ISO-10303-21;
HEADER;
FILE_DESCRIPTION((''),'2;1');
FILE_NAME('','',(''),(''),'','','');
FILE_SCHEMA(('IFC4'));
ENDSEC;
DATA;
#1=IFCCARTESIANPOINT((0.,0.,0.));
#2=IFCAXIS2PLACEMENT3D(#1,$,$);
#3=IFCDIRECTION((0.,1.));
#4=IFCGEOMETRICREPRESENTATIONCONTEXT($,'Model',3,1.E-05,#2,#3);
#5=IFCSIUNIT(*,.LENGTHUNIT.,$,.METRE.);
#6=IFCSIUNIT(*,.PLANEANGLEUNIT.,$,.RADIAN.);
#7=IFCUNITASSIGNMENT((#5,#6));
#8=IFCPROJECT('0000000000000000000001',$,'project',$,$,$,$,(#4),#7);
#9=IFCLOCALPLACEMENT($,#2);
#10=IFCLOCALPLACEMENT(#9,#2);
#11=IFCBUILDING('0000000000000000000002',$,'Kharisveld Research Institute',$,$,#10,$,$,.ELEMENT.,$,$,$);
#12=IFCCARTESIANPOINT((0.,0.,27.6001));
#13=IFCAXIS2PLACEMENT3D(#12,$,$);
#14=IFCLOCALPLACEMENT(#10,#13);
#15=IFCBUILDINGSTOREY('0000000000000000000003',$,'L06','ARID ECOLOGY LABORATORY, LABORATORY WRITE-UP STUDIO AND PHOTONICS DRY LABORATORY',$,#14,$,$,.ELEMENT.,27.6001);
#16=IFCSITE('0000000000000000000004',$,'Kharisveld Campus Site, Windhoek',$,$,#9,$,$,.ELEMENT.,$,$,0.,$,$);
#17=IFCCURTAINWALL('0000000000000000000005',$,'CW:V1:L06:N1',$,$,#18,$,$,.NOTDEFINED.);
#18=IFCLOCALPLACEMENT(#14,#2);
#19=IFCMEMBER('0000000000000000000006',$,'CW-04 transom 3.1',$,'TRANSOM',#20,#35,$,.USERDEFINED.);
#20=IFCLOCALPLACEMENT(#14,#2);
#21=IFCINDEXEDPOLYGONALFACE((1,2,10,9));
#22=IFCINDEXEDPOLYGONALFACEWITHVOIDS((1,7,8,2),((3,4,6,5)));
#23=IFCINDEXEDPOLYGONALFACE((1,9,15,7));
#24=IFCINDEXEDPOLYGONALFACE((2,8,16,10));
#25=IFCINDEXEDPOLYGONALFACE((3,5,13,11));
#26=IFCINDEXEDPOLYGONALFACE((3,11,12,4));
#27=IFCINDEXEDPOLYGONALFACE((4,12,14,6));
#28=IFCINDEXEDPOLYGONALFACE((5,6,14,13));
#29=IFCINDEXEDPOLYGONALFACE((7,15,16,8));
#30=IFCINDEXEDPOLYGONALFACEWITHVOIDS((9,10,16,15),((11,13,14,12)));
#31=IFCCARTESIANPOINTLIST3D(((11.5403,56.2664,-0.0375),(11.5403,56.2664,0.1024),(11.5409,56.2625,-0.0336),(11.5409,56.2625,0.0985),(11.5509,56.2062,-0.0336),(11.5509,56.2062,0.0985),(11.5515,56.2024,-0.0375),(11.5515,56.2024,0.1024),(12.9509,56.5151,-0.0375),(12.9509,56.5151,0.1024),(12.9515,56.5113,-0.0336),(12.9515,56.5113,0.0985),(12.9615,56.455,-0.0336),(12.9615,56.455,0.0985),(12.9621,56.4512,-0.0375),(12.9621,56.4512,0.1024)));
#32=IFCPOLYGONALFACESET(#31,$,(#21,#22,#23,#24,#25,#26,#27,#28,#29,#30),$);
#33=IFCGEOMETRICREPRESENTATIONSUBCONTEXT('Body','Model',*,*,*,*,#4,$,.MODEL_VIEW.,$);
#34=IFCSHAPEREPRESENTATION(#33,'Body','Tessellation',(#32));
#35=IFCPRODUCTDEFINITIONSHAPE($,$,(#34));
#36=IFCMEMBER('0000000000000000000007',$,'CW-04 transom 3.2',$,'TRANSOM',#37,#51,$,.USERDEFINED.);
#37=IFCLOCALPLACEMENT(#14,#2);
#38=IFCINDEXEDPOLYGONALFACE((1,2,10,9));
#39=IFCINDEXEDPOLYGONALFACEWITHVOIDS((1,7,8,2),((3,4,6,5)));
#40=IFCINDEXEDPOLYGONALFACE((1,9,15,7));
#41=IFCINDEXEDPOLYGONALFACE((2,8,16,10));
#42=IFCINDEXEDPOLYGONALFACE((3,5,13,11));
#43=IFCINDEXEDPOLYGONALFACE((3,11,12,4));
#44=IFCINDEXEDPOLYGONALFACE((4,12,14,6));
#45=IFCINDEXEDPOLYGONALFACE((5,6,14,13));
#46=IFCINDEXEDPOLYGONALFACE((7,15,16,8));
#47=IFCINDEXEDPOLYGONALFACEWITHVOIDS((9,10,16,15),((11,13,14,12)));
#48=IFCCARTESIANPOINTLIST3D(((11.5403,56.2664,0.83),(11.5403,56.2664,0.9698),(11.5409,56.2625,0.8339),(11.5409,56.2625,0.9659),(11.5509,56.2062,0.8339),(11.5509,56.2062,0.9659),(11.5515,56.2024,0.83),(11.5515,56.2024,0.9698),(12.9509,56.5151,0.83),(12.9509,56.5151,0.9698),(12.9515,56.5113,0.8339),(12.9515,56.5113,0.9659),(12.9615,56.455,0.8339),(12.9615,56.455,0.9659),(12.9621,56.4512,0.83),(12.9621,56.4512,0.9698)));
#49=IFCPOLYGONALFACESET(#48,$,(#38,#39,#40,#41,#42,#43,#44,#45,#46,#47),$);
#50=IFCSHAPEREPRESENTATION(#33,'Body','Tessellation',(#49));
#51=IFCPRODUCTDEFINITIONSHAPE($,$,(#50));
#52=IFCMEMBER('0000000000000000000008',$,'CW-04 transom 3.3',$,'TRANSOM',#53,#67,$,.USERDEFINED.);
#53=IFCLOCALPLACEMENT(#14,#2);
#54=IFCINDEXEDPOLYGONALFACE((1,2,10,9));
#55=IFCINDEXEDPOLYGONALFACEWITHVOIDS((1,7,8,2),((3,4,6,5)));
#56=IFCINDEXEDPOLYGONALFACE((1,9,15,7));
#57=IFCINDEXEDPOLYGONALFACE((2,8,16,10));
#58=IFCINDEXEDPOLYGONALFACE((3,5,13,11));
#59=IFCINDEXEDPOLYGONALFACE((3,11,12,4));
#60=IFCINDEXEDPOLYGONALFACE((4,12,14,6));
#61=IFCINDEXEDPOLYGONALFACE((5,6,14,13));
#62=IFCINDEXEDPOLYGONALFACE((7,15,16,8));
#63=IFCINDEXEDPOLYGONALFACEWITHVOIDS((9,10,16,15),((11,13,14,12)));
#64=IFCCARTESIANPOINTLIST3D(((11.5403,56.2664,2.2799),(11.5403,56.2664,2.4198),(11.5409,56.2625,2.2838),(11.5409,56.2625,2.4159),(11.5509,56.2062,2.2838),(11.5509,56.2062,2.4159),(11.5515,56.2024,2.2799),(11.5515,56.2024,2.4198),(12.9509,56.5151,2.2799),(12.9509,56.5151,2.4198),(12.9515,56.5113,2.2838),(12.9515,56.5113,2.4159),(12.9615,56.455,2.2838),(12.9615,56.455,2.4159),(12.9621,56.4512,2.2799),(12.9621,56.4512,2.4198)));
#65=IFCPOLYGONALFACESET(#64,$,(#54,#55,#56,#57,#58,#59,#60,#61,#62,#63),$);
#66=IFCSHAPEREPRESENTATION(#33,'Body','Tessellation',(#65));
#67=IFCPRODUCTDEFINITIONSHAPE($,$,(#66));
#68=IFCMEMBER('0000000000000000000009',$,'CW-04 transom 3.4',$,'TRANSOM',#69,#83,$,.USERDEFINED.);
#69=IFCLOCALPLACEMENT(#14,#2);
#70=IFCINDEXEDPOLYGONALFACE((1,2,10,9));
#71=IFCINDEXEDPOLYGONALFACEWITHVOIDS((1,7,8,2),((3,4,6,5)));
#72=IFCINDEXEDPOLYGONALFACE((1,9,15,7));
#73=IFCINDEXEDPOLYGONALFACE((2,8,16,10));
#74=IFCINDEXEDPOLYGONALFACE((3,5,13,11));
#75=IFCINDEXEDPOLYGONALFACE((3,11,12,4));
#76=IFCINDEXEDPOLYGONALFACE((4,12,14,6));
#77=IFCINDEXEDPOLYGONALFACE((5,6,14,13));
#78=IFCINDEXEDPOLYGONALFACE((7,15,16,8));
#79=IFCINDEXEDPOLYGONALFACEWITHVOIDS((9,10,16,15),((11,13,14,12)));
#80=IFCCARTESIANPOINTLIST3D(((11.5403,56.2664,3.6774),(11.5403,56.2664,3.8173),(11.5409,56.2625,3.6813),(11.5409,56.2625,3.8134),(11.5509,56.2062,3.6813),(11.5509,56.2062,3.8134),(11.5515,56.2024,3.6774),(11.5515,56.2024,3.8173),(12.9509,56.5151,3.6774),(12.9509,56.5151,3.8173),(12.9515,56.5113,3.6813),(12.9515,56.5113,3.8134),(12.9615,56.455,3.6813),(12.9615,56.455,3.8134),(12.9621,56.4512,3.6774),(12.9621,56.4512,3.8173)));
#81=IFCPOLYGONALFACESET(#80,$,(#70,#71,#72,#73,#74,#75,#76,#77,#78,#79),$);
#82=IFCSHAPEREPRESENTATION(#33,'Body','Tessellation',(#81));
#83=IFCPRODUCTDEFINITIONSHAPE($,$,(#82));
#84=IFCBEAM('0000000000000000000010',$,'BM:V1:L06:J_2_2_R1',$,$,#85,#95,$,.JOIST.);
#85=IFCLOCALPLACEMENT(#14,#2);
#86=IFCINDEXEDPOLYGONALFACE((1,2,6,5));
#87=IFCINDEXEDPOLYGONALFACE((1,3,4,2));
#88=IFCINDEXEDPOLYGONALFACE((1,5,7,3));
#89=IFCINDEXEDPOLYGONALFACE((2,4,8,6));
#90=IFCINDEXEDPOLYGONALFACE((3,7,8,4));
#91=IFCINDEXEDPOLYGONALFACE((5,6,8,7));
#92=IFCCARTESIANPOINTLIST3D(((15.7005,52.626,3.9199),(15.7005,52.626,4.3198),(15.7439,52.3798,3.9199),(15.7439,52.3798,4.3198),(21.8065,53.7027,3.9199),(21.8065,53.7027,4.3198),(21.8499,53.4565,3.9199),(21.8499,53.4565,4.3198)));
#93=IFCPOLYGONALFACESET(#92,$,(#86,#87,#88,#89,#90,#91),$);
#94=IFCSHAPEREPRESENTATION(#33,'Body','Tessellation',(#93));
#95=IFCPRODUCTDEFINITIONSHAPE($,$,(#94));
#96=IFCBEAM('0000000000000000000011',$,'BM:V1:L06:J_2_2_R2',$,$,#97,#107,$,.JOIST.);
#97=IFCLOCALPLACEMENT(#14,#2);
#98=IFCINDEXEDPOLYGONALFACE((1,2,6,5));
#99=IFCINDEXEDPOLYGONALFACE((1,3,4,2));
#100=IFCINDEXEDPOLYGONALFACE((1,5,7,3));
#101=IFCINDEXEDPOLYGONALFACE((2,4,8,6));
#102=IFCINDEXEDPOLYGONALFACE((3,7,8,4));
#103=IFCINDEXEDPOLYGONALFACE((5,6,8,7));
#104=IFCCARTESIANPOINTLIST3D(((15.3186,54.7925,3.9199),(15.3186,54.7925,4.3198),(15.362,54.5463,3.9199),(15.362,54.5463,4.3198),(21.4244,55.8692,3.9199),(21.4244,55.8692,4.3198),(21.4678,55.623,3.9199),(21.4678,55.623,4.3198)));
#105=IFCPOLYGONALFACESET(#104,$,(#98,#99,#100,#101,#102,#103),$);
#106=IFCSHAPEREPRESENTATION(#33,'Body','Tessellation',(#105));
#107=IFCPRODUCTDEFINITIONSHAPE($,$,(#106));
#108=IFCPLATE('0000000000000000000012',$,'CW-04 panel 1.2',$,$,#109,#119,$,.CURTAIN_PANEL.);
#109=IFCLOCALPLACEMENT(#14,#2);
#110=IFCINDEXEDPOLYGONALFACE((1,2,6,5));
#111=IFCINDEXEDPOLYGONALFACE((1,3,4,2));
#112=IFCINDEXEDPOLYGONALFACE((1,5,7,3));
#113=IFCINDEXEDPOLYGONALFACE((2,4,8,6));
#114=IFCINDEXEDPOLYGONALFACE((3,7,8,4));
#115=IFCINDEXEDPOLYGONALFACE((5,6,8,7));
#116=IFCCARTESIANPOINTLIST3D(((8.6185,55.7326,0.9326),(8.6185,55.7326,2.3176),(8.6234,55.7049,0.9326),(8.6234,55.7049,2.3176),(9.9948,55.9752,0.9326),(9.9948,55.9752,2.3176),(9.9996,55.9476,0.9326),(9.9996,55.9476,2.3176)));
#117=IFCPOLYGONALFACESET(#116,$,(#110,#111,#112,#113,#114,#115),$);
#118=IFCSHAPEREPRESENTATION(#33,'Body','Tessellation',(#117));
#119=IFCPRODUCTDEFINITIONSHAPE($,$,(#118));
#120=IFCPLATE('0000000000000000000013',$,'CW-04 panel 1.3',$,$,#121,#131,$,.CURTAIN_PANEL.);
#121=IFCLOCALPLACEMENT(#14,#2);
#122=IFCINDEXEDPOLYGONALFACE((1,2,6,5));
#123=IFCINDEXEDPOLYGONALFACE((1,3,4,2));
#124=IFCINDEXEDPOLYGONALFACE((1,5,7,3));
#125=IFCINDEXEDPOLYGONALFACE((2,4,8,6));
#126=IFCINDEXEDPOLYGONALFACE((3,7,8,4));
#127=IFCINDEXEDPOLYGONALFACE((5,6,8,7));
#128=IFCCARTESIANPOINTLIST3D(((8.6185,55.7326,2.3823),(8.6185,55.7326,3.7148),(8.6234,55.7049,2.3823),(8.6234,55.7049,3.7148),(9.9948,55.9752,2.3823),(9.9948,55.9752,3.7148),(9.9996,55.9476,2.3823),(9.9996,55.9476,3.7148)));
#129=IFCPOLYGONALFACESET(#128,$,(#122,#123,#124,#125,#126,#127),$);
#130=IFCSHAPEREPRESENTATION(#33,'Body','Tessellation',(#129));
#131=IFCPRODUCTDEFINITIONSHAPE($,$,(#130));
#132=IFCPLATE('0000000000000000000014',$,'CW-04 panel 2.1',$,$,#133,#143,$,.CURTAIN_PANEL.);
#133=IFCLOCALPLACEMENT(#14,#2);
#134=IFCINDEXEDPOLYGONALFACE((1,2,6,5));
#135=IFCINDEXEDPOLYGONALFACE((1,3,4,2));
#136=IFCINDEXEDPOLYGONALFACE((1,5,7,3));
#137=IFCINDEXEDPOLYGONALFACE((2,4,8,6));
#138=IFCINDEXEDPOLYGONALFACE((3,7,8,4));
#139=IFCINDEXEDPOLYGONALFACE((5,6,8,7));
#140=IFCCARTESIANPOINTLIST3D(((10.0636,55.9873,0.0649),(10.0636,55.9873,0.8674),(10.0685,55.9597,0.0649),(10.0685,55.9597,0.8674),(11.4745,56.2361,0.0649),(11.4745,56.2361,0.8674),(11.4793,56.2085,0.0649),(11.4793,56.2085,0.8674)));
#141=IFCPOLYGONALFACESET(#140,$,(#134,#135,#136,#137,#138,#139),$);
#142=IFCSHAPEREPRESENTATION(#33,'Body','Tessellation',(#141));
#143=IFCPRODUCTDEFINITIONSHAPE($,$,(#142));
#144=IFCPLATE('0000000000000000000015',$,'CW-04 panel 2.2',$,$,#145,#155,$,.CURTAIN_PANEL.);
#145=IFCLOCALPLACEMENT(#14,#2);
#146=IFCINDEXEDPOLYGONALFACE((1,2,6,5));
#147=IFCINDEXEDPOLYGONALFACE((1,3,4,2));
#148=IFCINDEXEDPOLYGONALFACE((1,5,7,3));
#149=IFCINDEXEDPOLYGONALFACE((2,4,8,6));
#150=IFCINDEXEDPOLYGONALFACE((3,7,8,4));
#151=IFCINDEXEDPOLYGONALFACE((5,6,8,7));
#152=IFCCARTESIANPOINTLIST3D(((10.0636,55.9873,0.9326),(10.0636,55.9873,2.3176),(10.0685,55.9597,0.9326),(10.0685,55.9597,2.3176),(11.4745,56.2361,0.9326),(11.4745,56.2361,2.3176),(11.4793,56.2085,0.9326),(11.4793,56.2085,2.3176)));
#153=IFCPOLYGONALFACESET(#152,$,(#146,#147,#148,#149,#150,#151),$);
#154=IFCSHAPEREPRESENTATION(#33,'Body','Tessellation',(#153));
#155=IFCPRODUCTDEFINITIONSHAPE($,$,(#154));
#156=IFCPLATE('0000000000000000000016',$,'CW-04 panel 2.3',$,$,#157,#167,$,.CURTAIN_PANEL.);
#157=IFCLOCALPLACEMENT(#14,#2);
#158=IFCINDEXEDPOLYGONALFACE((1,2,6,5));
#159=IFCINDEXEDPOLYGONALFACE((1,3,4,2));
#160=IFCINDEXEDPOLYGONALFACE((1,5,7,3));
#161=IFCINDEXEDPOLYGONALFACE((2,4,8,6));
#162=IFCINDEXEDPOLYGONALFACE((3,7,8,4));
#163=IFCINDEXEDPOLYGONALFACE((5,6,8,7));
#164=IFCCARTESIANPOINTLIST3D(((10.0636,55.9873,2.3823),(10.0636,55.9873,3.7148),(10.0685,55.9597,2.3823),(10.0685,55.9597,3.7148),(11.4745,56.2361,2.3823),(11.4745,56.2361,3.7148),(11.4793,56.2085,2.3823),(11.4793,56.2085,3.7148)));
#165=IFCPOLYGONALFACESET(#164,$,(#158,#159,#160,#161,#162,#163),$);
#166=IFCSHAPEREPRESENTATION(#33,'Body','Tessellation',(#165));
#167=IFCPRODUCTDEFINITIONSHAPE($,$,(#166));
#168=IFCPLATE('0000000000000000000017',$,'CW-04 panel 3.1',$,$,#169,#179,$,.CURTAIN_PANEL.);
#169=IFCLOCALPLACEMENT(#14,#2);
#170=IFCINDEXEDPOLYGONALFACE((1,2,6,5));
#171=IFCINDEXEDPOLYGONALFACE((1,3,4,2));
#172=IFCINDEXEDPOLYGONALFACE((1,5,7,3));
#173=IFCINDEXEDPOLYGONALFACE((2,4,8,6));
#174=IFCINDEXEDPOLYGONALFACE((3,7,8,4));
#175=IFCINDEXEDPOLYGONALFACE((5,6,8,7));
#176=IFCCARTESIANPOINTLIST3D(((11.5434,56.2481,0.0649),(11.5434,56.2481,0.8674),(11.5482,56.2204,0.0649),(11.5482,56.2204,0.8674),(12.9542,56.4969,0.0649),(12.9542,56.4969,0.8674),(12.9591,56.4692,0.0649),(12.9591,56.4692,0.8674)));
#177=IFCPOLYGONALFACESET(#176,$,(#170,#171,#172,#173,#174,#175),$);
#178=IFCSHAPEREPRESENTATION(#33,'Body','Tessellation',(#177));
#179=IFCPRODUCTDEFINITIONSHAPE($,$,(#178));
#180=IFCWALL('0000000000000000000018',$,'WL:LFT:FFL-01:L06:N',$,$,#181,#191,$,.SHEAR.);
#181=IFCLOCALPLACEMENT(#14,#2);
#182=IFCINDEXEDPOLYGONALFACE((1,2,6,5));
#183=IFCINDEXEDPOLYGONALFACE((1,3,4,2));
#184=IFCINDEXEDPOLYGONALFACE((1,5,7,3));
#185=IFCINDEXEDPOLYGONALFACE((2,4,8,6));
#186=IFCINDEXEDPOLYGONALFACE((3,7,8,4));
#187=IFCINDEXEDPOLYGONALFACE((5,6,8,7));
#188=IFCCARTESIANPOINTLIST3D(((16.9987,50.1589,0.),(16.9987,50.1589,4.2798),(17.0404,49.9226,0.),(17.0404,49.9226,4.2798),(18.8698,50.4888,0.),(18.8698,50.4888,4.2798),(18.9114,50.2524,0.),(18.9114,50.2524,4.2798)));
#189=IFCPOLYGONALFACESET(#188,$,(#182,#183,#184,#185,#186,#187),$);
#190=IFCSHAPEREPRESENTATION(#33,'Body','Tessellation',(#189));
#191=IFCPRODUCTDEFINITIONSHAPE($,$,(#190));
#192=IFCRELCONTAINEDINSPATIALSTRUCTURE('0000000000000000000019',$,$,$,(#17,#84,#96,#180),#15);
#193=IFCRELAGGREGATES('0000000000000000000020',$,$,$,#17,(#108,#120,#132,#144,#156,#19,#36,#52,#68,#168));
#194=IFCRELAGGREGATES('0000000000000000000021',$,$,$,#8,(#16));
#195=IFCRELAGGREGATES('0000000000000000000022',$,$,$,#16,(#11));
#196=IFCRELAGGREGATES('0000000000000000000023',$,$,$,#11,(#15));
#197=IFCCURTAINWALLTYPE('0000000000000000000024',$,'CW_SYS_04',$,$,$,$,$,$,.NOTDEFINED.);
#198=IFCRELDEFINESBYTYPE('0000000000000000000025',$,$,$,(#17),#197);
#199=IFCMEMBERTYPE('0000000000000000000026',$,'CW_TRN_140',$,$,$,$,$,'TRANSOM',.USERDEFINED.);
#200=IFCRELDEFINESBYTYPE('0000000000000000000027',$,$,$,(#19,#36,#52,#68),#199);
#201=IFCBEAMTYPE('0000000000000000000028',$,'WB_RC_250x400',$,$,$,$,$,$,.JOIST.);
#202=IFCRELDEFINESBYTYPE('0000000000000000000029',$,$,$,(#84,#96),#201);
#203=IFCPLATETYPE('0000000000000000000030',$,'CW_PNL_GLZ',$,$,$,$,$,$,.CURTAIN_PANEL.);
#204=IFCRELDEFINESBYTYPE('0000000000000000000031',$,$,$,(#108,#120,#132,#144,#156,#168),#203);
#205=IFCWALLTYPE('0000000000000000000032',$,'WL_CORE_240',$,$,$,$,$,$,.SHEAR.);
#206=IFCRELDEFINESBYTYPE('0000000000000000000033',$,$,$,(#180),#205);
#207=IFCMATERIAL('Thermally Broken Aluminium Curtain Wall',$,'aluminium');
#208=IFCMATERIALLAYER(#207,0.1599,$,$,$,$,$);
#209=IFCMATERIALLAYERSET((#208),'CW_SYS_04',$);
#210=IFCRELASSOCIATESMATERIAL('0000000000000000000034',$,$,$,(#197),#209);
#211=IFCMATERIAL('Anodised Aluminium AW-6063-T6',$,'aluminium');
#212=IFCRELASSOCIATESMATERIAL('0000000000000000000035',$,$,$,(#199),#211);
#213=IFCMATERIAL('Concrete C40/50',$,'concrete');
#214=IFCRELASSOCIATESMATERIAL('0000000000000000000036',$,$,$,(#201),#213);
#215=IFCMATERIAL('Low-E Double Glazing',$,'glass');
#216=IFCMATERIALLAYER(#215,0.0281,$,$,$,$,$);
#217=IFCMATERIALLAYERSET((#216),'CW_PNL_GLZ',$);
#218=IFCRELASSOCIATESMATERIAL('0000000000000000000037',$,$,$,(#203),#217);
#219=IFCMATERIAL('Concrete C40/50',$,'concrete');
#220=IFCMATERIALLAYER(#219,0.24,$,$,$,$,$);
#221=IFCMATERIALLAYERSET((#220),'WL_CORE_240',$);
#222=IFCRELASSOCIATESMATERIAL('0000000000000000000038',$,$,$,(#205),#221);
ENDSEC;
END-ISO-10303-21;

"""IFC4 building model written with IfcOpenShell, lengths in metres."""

from ifc_helpers import new_model, si_unit, direction, frame, frame_2d, origin, origin_2d, place, context, subcontext, project, spatial, rectangle, hollow_rectangle, extrude, material, layer, layer_set, material_profile, profile_set, type_object, element, aggregate, save


model = new_model("IFC4")

# Units and contexts
model_context = context("Model", 3, precision=1e-05, world=origin(), true_north=direction((0.0, 1.0)))
body_context = subcontext(model_context, "Body", "Model", "MODEL_VIEW")
ifc_project = project(units=[si_unit("LENGTHUNIT", "METRE"), si_unit("PLANEANGLEUNIT", "RADIAN")], contexts=[model_context])

# Site, building, storey
site_placement = place(None, origin())
site = spatial("IfcSite", under=ifc_project, at=site_placement, Name="Kharisveld Campus Site, Windhoek", CompositionType="ELEMENT", RefElevation=0.0)
building_placement = place(site_placement, origin())
building = spatial("IfcBuilding", under=site, at=building_placement, Name="Kharisveld Research Institute", CompositionType="ELEMENT")
storey_placement = place(building_placement, frame((0.0, 0.0, 27.6001)))
storey = spatial("IfcBuildingStorey", under=building, at=storey_placement, Name="L06", Description="ARID ECOLOGY LABORATORY, LABORATORY WRITE-UP STUDIO AND PHOTONICS DRY LABORATORY", CompositionType="ELEMENT", Elevation=27.6001)

# Curtain wall, members
ifc_material_1 = material(Name="Thermally Broken Aluminium Curtain Wall", Category="aluminium")
ifc_layer_1 = layer(ifc_material_1, 0.1599)
ifc_layer_set_1 = layer_set([ifc_layer_1], Name="CW_SYS_04")
curtain_wall_type = type_object("IfcCurtainWallType", Name="CW_SYS_04", PredefinedType="NOTDEFINED", material=ifc_layer_set_1)
curtain_wall_placement = place(storey_placement, origin())
curtain_wall = element("IfcCurtainWall", 1, at=curtain_wall_placement, inside=storey, type_object=curtain_wall_type, Name="CW:V1:L06:N1", PredefinedType="NOTDEFINED")
ifc_material_2 = material(Name="Anodised Aluminium AW-6063-T6", Category="aluminium")
ifc_material_profile_1 = material_profile(ifc_material_2, hollow_rectangle(XDim=0.0649, YDim=0.1399, WallThickness=0.0039, at=origin_2d()))
ifc_profile_set_1 = profile_set([ifc_material_profile_1], Name="Anodised Aluminium AW-6063-T6")
member_type_1 = type_object("IfcMemberType", Name="CW_TRN_140", ElementType="TRANSOM", PredefinedType="USERDEFINED", material=ifc_profile_set_1)
member_1_placement = place(storey_placement, frame((11.5459, 56.2344, 0.0325), z_axis=(0.984802, 0.173678, 0.0), x_axis=(-0.173678, 0.984802, 0.0)))
member_1 = element("IfcMember", 2, at=member_1_placement, type_object=member_type_1, Name="CW-04 transom 3.1", ObjectType="TRANSOM", PredefinedType="USERDEFINED", context=body_context, shape_type="SweptSolid", body=[
    extrude(hollow_rectangle(XDim=0.0649, YDim=0.1399, WallThickness=0.0039, at=origin_2d()), origin(), (0.0, 0.0, 1.0), 1.4324),
])
member_2_placement = place(storey_placement, frame((11.5459, 56.2344, 0.8999), z_axis=(0.984802, 0.173678, 0.0), x_axis=(-0.173678, 0.984802, 0.0)))
member_2 = element("IfcMember", 3, at=member_2_placement, type_object=member_type_1, Name="CW-04 transom 3.2", ObjectType="TRANSOM", PredefinedType="USERDEFINED", context=body_context, shape_type="SweptSolid", body=[
    extrude(hollow_rectangle(XDim=0.0649, YDim=0.1399, WallThickness=0.0039, at=origin_2d()), origin(), (0.0, 0.0, 1.0), 1.4324),
])
member_3_placement = place(storey_placement, frame((11.5459, 56.2344, 2.3499), z_axis=(0.984802, 0.173678, 0.0), x_axis=(-0.173678, 0.984802, 0.0)))
member_3 = element("IfcMember", 4, at=member_3_placement, type_object=member_type_1, Name="CW-04 transom 3.3", ObjectType="TRANSOM", PredefinedType="USERDEFINED", context=body_context, shape_type="SweptSolid", body=[
    extrude(hollow_rectangle(XDim=0.0649, YDim=0.1399, WallThickness=0.0039, at=origin_2d()), origin(), (0.0, 0.0, 1.0), 1.4324),
])
member_4_placement = place(storey_placement, frame((11.5459, 56.2344, 3.7473), z_axis=(0.984802, 0.173678, 0.0), x_axis=(-0.173678, 0.984802, 0.0)))
member_4 = element("IfcMember", 5, at=member_4_placement, type_object=member_type_1, Name="CW-04 transom 3.4", ObjectType="TRANSOM", PredefinedType="USERDEFINED", context=body_context, shape_type="SweptSolid", body=[
    extrude(hollow_rectangle(XDim=0.0649, YDim=0.1399, WallThickness=0.0039, at=origin_2d()), origin(), (0.0, 0.0, 1.0), 1.4324),
])

# Beams
ifc_material_3 = material(Name="Concrete C40/50", Category="concrete")
ifc_material_profile_2 = material_profile(ifc_material_3, rectangle(XDim=0.25, YDim=0.3999, at=origin_2d()))
ifc_profile_set_2 = profile_set([ifc_material_profile_2], Name="Concrete C40/50")
beam_type_1 = type_object("IfcBeamType", Name="WB_RC_250x400", PredefinedType="JOIST", material=ifc_profile_set_2)
beam_1_placement = place(storey_placement, frame((15.7222, 52.5029, 4.1199), z_axis=(0.984807, 0.173651, 0.0), x_axis=(-0.173651, 0.984807, 0.0)))
element("IfcBeam", 6, at=beam_1_placement, inside=storey, type_object=beam_type_1, Name="BM:V1:L06:J_2_2_R1", PredefinedType="JOIST", context=body_context, shape_type="SweptSolid", body=[
    extrude(rectangle(XDim=0.25, YDim=0.3999, at=origin_2d()), origin(), (0.0, 0.0, 1.0), 6.2002),
])
beam_2_placement = place(storey_placement, frame((15.3403, 54.6694, 4.1199), z_axis=(0.984806, 0.173657, 0.0), x_axis=(-0.173657, 0.984806, 0.0)))
element("IfcBeam", 7, at=beam_2_placement, inside=storey, type_object=beam_type_1, Name="BM:V1:L06:J_2_2_R2", PredefinedType="JOIST", context=body_context, shape_type="SweptSolid", body=[
    extrude(rectangle(XDim=0.25, YDim=0.3999, at=origin_2d()), origin(), (0.0, 0.0, 1.0), 6.2),
])

# Plates
ifc_material_4 = material(Name="Low-E Double Glazing", Category="glass")
ifc_layer_2 = layer(ifc_material_4, 0.0281)
ifc_layer_set_2 = layer_set([ifc_layer_2], Name="CW_PNL_GLZ")
plate_type = type_object("IfcPlateType", Name="CW_PNL_GLZ", PredefinedType="CURTAIN_PANEL", material=ifc_layer_set_2)
plate_1_placement = place(storey_placement, frame((9.3091, 55.8401, 0.9326), z_axis=(0.0, 0.0, 1.0), x_axis=(0.984808, 0.173648, 0.0)))
plate_1 = element("IfcPlate", 8, at=plate_1_placement, type_object=plate_type, Name="CW-04 panel 1.2", PredefinedType="CURTAIN_PANEL", context=body_context, shape_type="SweptSolid", body=[
    extrude(rectangle(XDim=1.3975, YDim=0.0281, at=origin_2d()), origin(), (0.0, 0.0, 1.0), 1.385),
])
plate_2_placement = place(storey_placement, frame((9.3091, 55.8401, 2.3823), z_axis=(0.0, 0.0, 1.0), x_axis=(0.984808, 0.173648, 0.0)))
plate_2 = element("IfcPlate", 9, at=plate_2_placement, type_object=plate_type, Name="CW-04 panel 1.3", PredefinedType="CURTAIN_PANEL", context=body_context, shape_type="SweptSolid", body=[
    extrude(rectangle(XDim=1.3975, YDim=0.0281, at=origin_2d()), origin(), (0.0, 0.0, 1.0), 1.3325),
])
plate_3_placement = place(storey_placement, frame((10.7715, 56.0979, 0.0649), z_axis=(0.0, 0.0, 1.0), x_axis=(0.984808, 0.173648, 0.0)))
plate_3 = element("IfcPlate", 10, at=plate_3_placement, type_object=plate_type, Name="CW-04 panel 2.1", PredefinedType="CURTAIN_PANEL", context=body_context, shape_type="SweptSolid", body=[
    extrude(rectangle(XDim=1.4326, YDim=0.0281, at=origin_2d()), origin(), (0.0, 0.0, 1.0), 0.8025),
])
plate_4_placement = place(storey_placement, frame((10.7715, 56.0979, 0.9326), z_axis=(0.0, 0.0, 1.0), x_axis=(0.984808, 0.173648, 0.0)))
plate_4 = element("IfcPlate", 11, at=plate_4_placement, type_object=plate_type, Name="CW-04 panel 2.2", PredefinedType="CURTAIN_PANEL", context=body_context, shape_type="SweptSolid", body=[
    extrude(rectangle(XDim=1.4326, YDim=0.0281, at=origin_2d()), origin(), (0.0, 0.0, 1.0), 1.385),
])
plate_5_placement = place(storey_placement, frame((10.7715, 56.0979, 2.3823), z_axis=(0.0, 0.0, 1.0), x_axis=(0.984808, 0.173648, 0.0)))
plate_5 = element("IfcPlate", 12, at=plate_5_placement, type_object=plate_type, Name="CW-04 panel 2.3", PredefinedType="CURTAIN_PANEL", context=body_context, shape_type="SweptSolid", body=[
    extrude(rectangle(XDim=1.4326, YDim=0.0281, at=origin_2d()), origin(), (0.0, 0.0, 1.0), 1.3325),
])
plate_6_placement = place(storey_placement, frame((12.2512, 56.3586, 0.0649), z_axis=(0.0, 0.0, 1.0), x_axis=(0.984808, 0.173648, 0.0)))
plate_6 = element("IfcPlate", 13, at=plate_6_placement, type_object=plate_type, Name="CW-04 panel 3.1", PredefinedType="CURTAIN_PANEL", context=body_context, shape_type="SweptSolid", body=[
    extrude(rectangle(XDim=1.4326, YDim=0.0281, at=origin_2d()), origin(), (0.0, 0.0, 1.0), 0.8025),
])
aggregate(curtain_wall, [plate_1, plate_2, plate_3, plate_4, plate_5, member_1, member_2, member_3, member_4, plate_6])

# Wall
ifc_material_5 = material(Name="Concrete C40/50", Category="concrete")
ifc_layer_3 = layer(ifc_material_5, 0.24)
ifc_layer_set_3 = layer_set([ifc_layer_3], Name="WL_CORE_240")
wall_type_1 = type_object("IfcWallType", Name="WL_CORE_240", PredefinedType="SHEAR", material=ifc_layer_set_3)
wall_1_placement = place(storey_placement, frame((17.0195, 50.0408, 0.0), z_axis=(0.0, 0.0, 1.0), x_axis=(0.984816, 0.173602, 0.0)))
element("IfcWall", 14, at=wall_1_placement, inside=storey, type_object=wall_type_1, Name="WL:LFT:FFL-01:L06:N", PredefinedType="SHEAR", context=body_context, shape_type="SweptSolid", body=[
    extrude(rectangle(XDim=1.8999, YDim=0.24, at=frame_2d((0.95, 0.0))), origin(), (0.0, 0.0, 1.0), 4.2798),
])

save(model, "model.ifc")
